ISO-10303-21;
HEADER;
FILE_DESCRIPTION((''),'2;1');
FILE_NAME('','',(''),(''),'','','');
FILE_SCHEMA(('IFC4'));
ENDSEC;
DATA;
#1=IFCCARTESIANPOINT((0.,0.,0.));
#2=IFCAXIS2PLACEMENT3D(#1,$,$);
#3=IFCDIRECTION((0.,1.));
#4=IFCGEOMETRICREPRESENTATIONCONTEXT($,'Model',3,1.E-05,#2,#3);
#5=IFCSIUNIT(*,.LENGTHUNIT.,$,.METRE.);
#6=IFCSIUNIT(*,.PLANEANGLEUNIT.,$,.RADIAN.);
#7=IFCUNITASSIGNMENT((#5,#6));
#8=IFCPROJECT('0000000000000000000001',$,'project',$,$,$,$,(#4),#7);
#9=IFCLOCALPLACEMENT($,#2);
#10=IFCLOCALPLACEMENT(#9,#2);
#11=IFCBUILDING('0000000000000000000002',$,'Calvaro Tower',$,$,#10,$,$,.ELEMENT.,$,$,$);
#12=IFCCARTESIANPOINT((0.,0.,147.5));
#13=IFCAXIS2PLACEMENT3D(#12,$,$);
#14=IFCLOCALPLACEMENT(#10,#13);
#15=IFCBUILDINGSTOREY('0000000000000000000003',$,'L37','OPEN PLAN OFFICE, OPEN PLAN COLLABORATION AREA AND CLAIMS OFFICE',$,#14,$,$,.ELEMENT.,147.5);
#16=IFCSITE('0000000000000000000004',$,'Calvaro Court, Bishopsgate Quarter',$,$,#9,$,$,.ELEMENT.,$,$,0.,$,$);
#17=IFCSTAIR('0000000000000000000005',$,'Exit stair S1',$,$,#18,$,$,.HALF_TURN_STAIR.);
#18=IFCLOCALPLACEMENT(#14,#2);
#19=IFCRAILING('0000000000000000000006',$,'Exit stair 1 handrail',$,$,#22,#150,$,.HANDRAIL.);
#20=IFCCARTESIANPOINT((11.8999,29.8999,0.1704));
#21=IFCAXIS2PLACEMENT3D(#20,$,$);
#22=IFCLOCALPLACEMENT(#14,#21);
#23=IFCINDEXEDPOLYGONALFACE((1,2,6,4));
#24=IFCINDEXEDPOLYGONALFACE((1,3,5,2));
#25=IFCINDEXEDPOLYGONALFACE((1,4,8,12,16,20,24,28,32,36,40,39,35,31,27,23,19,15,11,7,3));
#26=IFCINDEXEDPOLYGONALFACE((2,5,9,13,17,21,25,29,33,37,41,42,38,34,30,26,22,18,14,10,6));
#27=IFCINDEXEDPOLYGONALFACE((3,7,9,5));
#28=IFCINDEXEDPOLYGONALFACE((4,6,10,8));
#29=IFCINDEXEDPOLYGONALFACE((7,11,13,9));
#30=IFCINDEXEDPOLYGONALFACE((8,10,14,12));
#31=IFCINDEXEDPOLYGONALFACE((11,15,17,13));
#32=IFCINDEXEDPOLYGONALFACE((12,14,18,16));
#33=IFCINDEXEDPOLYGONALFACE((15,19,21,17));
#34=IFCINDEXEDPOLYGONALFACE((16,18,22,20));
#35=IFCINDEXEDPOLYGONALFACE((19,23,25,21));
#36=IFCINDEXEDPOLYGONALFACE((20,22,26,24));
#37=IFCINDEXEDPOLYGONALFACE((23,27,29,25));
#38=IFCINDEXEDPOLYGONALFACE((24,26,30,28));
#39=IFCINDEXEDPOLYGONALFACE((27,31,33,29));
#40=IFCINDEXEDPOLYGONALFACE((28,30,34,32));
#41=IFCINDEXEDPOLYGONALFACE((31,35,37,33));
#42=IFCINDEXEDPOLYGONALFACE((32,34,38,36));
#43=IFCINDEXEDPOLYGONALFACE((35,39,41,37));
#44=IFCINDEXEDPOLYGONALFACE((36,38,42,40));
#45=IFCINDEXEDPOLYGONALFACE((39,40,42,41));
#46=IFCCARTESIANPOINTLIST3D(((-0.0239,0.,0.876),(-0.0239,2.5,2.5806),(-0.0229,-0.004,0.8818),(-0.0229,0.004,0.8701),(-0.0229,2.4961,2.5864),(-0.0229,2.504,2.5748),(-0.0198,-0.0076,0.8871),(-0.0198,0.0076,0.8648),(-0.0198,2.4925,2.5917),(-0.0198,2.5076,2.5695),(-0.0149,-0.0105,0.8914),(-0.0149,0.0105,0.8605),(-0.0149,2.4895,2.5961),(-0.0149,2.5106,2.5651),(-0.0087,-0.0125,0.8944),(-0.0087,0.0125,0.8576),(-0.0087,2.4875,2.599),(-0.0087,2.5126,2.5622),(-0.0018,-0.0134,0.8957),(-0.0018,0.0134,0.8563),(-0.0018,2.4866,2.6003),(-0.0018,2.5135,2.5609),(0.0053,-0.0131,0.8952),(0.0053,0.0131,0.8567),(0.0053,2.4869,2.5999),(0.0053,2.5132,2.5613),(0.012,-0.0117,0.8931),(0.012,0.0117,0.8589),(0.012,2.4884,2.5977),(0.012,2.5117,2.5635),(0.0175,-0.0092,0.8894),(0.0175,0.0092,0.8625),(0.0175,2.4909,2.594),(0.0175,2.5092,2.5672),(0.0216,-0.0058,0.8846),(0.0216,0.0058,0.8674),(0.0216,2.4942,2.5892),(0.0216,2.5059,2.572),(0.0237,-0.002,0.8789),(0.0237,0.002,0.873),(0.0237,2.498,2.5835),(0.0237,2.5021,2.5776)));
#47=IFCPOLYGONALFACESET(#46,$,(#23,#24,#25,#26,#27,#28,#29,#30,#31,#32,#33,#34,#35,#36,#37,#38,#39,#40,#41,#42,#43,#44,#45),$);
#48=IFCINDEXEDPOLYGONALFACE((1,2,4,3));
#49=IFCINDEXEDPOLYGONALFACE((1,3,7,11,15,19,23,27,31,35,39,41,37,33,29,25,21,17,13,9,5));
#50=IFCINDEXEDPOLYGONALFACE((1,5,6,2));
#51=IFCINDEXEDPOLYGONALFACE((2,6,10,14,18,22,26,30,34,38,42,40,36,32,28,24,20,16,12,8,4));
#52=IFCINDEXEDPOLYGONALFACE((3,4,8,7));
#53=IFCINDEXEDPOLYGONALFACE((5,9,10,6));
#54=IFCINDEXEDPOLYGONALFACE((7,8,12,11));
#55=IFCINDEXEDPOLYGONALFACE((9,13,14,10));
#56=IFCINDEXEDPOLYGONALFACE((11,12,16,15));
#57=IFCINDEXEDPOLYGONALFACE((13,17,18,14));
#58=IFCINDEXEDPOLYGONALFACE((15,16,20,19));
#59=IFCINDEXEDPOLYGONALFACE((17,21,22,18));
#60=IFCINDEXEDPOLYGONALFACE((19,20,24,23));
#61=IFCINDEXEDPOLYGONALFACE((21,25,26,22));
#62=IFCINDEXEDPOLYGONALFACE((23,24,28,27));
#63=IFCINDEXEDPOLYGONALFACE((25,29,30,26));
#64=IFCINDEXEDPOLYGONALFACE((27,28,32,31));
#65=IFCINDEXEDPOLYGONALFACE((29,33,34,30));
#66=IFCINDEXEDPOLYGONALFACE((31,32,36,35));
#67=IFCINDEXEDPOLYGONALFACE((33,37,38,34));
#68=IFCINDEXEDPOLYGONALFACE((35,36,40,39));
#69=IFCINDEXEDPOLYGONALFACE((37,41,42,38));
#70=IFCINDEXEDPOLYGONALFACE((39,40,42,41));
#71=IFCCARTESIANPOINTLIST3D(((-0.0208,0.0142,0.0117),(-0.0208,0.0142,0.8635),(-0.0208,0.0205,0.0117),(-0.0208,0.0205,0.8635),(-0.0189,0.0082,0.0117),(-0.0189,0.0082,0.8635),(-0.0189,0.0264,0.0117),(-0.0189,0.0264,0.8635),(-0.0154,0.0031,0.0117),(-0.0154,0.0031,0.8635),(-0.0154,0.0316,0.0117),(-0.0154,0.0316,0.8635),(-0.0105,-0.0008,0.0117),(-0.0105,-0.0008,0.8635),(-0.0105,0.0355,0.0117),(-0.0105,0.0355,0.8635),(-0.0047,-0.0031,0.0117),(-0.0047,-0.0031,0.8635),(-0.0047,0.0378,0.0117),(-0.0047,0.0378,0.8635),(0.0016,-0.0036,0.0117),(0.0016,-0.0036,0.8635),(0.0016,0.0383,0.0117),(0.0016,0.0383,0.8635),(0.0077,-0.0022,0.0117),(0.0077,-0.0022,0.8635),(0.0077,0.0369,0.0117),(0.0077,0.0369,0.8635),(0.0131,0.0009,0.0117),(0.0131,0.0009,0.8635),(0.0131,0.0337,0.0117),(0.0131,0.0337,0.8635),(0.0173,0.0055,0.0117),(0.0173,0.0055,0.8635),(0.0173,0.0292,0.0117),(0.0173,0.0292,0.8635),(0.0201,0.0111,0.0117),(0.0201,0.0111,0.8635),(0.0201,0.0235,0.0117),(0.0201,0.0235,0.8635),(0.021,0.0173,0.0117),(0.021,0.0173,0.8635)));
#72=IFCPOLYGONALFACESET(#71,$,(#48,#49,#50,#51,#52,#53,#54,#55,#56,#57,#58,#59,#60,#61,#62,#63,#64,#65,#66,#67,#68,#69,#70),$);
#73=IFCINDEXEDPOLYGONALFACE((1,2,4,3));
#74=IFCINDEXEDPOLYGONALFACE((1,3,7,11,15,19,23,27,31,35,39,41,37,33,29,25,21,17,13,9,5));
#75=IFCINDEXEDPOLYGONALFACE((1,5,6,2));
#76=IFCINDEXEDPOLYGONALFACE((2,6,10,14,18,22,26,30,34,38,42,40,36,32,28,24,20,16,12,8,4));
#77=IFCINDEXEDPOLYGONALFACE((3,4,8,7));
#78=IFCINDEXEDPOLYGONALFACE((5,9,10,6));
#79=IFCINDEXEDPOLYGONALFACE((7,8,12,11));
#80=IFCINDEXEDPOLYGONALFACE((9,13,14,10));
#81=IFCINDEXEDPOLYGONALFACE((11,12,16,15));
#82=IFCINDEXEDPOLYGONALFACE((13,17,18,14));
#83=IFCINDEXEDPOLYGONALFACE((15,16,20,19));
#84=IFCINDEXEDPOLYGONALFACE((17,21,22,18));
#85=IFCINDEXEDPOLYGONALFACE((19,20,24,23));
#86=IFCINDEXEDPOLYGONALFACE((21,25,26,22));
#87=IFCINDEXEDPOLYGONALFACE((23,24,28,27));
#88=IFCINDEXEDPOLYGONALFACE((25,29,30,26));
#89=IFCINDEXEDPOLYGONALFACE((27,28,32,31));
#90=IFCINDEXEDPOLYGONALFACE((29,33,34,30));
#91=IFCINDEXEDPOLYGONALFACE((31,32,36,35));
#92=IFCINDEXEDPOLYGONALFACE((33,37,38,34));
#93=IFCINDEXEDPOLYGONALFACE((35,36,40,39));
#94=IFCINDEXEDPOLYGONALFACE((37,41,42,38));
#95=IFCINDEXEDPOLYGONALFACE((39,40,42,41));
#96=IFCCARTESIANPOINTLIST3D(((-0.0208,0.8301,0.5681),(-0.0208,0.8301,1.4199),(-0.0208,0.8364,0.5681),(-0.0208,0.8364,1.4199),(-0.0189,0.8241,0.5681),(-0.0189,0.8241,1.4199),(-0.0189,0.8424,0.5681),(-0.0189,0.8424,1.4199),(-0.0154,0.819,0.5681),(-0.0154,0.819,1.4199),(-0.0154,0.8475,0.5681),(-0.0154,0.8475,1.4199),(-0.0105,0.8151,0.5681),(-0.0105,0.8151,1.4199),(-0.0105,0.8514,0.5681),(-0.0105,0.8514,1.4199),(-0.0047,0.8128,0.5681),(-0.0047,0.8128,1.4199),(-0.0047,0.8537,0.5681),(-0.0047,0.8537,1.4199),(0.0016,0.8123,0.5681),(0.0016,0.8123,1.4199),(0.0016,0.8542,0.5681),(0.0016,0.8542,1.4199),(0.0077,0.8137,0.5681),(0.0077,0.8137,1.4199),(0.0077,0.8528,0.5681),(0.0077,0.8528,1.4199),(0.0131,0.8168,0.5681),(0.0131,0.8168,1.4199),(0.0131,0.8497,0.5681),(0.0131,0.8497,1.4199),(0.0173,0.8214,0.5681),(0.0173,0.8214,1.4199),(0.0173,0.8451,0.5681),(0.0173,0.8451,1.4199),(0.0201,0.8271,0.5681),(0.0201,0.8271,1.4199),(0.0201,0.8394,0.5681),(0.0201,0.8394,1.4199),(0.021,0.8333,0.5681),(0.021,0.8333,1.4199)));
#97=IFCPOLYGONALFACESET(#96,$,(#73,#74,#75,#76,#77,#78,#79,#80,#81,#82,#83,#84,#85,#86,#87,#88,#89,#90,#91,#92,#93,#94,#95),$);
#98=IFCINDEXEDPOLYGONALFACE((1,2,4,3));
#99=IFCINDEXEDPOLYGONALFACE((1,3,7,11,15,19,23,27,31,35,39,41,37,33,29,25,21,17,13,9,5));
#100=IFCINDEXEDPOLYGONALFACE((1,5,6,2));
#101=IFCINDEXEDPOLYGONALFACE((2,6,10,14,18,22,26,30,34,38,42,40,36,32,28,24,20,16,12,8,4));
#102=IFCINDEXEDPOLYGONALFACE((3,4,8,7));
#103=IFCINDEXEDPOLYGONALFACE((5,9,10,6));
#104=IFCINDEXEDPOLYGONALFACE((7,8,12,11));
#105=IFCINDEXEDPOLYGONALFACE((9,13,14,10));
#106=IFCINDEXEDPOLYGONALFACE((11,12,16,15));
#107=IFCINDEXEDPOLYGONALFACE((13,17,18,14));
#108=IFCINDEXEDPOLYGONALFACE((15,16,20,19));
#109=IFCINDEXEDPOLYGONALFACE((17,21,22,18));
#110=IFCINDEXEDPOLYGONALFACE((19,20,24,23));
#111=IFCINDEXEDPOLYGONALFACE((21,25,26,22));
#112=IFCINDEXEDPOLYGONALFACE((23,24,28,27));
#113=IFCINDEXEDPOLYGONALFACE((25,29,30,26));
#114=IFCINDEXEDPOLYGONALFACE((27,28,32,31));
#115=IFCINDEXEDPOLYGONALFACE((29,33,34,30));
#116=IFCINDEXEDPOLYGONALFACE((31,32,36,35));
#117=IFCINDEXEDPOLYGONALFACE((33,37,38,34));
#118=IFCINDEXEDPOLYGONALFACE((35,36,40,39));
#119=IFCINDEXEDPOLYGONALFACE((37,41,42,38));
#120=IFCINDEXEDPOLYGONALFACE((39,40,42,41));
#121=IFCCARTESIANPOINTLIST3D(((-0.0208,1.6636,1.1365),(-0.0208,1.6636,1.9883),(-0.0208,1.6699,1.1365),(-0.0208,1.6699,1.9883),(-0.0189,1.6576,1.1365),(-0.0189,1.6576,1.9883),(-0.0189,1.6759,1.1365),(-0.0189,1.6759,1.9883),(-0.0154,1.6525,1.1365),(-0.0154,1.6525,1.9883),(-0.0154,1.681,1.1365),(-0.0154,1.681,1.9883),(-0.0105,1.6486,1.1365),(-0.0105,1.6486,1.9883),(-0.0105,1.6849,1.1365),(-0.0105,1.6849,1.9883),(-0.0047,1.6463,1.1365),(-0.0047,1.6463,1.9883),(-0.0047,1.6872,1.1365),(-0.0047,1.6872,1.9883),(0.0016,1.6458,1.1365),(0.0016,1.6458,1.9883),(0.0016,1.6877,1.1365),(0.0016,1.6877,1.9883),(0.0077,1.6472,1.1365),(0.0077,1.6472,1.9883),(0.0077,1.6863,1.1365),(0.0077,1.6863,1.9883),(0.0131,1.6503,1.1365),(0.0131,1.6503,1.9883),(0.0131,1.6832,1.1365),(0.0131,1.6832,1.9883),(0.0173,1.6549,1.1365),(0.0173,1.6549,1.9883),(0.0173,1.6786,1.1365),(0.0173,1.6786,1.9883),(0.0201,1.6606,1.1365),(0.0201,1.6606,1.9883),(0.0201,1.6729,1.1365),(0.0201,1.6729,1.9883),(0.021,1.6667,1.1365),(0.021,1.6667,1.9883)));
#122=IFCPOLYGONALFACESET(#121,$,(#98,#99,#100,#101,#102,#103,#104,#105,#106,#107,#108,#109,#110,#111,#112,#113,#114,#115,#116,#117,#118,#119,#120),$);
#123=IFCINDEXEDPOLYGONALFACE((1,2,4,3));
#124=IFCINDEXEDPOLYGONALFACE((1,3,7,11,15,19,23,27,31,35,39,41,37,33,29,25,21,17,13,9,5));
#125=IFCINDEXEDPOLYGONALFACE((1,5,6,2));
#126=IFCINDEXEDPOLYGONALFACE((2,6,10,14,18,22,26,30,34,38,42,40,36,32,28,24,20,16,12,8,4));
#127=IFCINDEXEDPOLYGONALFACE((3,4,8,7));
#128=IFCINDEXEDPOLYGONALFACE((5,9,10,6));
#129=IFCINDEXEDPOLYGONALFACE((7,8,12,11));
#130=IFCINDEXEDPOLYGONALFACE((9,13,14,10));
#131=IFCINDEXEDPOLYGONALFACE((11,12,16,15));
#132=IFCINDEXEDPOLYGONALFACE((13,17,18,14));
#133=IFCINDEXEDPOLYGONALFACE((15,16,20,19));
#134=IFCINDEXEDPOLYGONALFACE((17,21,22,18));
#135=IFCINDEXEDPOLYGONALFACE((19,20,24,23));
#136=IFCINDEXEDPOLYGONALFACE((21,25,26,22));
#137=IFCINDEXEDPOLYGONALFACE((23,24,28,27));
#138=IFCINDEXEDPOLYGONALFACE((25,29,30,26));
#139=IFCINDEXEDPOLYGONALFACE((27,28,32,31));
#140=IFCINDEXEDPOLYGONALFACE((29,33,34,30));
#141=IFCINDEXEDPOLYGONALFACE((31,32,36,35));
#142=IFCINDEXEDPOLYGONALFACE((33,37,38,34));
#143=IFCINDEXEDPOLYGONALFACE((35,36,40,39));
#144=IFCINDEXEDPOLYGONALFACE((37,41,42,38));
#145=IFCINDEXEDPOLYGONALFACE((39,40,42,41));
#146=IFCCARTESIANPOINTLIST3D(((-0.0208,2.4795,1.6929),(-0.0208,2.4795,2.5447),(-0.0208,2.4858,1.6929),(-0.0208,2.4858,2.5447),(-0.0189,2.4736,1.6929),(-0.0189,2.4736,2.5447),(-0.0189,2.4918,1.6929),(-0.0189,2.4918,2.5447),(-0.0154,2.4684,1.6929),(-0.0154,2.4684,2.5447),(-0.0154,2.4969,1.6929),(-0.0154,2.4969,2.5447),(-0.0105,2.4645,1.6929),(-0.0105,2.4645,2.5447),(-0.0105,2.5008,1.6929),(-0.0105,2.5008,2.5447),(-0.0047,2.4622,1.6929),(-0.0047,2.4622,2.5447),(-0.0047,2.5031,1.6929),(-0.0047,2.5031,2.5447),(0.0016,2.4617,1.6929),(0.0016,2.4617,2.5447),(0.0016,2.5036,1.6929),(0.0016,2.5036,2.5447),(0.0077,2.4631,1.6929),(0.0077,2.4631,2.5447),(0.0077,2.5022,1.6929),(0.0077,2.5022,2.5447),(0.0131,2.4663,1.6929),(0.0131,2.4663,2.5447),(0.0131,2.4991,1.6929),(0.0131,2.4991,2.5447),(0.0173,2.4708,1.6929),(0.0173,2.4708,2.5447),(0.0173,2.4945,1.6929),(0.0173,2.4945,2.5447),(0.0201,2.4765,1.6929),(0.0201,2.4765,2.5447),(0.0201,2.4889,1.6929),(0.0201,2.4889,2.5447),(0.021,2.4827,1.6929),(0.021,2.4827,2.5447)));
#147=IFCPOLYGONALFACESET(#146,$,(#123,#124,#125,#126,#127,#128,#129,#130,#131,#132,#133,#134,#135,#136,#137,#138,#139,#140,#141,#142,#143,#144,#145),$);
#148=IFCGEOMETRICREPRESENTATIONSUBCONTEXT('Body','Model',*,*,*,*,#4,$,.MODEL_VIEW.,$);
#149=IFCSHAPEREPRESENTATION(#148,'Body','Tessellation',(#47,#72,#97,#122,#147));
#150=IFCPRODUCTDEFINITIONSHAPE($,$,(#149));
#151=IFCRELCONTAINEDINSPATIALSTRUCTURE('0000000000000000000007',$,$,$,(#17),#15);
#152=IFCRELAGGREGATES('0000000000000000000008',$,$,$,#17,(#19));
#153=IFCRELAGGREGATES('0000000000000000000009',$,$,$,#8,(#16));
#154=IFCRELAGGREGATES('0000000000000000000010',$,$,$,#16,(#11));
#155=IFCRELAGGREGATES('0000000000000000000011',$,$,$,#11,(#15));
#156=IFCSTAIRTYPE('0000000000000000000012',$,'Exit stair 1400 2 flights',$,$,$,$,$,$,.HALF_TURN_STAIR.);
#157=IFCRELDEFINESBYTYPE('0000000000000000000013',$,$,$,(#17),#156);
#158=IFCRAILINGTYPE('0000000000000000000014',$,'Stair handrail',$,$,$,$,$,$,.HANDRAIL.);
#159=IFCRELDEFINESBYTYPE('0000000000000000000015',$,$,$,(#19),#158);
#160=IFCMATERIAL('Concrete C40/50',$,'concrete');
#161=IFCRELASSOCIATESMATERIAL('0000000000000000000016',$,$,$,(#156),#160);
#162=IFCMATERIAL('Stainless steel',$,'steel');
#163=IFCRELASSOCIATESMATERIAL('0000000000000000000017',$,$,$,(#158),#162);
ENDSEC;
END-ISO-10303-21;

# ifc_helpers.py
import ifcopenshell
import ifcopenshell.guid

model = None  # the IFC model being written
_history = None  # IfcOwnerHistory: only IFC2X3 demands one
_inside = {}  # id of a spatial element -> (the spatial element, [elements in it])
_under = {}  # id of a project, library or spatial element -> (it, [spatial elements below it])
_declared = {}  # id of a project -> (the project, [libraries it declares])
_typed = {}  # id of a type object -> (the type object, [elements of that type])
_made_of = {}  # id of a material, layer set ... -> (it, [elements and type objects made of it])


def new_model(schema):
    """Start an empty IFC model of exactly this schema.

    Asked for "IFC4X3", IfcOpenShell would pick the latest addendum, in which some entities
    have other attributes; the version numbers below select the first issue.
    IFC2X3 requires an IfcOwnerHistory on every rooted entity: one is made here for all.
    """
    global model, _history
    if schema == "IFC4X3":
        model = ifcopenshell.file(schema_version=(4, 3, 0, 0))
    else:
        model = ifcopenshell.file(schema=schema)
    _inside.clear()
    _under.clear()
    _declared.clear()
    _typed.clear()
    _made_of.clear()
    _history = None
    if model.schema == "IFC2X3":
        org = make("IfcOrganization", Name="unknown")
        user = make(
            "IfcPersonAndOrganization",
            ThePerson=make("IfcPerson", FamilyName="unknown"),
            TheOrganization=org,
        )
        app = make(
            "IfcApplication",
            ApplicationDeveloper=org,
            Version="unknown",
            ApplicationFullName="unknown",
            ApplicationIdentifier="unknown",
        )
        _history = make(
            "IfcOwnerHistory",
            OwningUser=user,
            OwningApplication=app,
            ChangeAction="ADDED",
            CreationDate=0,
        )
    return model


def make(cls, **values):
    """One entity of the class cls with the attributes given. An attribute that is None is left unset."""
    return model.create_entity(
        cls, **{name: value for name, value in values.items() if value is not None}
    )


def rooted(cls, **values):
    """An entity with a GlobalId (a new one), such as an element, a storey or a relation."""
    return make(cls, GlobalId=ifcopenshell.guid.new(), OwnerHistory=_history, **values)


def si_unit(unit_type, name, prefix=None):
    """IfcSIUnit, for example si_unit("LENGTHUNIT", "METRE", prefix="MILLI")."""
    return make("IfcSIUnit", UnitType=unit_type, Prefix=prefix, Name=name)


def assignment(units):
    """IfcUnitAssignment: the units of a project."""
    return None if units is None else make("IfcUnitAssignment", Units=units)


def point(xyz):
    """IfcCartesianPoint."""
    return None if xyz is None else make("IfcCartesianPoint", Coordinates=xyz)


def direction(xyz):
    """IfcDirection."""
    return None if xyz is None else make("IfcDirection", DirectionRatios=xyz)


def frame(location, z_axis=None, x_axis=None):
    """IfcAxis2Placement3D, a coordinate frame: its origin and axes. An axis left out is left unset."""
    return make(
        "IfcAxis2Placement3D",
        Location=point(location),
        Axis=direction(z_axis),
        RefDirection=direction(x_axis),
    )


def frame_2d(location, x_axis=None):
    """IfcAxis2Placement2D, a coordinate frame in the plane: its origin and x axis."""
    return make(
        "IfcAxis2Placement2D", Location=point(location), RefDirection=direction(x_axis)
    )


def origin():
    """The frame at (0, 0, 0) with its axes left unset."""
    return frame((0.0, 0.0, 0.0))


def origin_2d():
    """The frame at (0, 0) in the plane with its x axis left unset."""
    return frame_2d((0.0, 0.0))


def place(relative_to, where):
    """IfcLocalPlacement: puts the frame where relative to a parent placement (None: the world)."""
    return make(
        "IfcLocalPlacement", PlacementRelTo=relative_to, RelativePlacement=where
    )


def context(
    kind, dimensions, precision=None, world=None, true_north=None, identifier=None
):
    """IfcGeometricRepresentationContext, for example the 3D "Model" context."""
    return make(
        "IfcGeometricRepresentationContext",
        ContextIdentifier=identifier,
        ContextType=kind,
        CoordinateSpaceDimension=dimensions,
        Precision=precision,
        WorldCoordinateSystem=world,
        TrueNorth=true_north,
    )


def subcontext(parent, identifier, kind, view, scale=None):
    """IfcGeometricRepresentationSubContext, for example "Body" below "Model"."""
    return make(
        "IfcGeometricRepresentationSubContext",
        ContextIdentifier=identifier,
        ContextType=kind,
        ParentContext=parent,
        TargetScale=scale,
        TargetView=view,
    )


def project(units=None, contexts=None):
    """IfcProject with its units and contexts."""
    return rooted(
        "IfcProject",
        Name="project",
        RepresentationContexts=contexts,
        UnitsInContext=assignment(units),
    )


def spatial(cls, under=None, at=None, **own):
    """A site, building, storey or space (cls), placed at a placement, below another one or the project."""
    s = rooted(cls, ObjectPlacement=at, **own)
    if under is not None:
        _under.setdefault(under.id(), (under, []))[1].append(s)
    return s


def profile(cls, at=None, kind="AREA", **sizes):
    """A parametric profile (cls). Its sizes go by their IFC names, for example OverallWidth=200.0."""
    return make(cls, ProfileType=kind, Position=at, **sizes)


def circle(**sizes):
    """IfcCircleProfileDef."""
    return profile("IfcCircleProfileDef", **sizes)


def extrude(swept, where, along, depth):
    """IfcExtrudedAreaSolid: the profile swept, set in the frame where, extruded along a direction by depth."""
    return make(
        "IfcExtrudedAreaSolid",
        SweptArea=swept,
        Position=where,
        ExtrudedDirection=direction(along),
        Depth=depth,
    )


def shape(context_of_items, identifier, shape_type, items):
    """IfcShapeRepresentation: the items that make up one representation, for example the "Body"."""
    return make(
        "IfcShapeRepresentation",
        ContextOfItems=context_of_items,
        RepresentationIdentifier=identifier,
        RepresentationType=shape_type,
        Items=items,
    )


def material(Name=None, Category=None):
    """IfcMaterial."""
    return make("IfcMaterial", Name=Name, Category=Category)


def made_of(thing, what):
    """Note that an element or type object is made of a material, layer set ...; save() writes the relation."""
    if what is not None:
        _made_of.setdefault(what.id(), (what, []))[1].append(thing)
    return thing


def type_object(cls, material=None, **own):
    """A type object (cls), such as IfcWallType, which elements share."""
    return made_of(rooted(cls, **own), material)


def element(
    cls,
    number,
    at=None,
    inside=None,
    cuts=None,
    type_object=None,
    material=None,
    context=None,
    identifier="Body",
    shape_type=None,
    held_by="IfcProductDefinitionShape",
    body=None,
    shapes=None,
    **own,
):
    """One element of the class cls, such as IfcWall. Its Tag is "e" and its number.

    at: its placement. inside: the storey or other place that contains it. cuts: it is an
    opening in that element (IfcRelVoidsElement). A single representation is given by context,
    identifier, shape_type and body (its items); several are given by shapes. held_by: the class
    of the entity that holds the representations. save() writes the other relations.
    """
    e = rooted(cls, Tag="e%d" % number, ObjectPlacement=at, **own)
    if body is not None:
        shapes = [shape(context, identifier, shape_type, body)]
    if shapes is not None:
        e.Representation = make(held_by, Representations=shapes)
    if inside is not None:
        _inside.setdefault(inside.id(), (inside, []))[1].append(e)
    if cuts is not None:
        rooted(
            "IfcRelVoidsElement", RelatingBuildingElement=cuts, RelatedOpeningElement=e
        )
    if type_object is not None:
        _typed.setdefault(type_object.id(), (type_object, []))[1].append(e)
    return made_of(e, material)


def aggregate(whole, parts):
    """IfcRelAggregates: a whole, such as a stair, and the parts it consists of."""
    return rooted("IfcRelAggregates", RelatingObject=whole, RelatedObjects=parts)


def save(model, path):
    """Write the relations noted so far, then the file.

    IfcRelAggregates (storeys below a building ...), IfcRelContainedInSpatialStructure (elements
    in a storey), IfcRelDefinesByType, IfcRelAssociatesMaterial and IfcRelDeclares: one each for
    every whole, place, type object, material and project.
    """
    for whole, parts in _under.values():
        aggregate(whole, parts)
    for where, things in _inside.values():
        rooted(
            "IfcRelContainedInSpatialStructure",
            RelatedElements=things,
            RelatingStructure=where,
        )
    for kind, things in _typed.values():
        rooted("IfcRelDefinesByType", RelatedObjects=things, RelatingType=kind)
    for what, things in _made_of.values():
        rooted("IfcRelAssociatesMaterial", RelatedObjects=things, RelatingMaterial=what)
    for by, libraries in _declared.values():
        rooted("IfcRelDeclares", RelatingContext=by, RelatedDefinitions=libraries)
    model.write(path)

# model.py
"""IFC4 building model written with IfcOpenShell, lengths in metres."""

from ifc_helpers import new_model, si_unit, direction, frame, origin, origin_2d, place, context, subcontext, project, spatial, circle, extrude, material, type_object, element, aggregate, save


model = new_model("IFC4")

# Units and contexts
model_context = context("Model", 3, precision=1e-05, world=origin(), true_north=direction((0.0, 1.0)))
body_context = subcontext(model_context, "Body", "Model", "MODEL_VIEW")
ifc_project = project(units=[si_unit("LENGTHUNIT", "METRE"), si_unit("PLANEANGLEUNIT", "RADIAN")], contexts=[model_context])

# Site, building, storey
site_placement = place(None, origin())
site = spatial("IfcSite", under=ifc_project, at=site_placement, Name="Calvaro Court, Bishopsgate Quarter", CompositionType="ELEMENT", RefElevation=0.0)
building_placement = place(site_placement, origin())
building = spatial("IfcBuilding", under=site, at=building_placement, Name="Calvaro Tower", CompositionType="ELEMENT")
storey_placement = place(building_placement, frame((0.0, 0.0, 147.5)))
storey = spatial("IfcBuildingStorey", under=building, at=storey_placement, Name="L37", Description="OPEN PLAN OFFICE, OPEN PLAN COLLABORATION AREA AND CLAIMS OFFICE", CompositionType="ELEMENT", Elevation=147.5)

# Stair, railing
ifc_material_1 = material(Name="Concrete C40/50", Category="concrete")
stair_type = type_object("IfcStairType", Name="Exit stair 1400 2 flights", PredefinedType="HALF_TURN_STAIR", material=ifc_material_1)
stair_placement = place(storey_placement, origin())
stair = element("IfcStair", 1, at=stair_placement, inside=storey, type_object=stair_type, Name="Exit stair S1", PredefinedType="HALF_TURN_STAIR")
ifc_material_2 = material(Name="Stainless steel", Category="steel")
railing_type = type_object("IfcRailingType", Name="Stair handrail", PredefinedType="HANDRAIL", material=ifc_material_2)
railing_1_placement = place(storey_placement, frame((11.8999, 29.8999, 0.1704)))
railing_1 = element("IfcRailing", 2, at=railing_1_placement, type_object=railing_type, Name="Exit stair 1 handrail", PredefinedType="HANDRAIL", context=body_context, shape_type="SweptSolid", body=[
    extrude(circle(Radius=0.0239, at=origin_2d()), frame((0.0, 0.0, 0.876), z_axis=(0.0, 0.826221, 0.563347), x_axis=(-1.0, 0.0, 0.0)), (0.0, 0.0, 1.0), 3.0259),
    extrude(circle(Radius=0.021, at=origin_2d()), frame((0.0, 0.0173, 0.0117)), (0.0, 0.0, 1.0), 0.8518),
    extrude(circle(Radius=0.021, at=origin_2d()), frame((0.0, 0.8333, 0.5681)), (0.0, 0.0, 1.0), 0.8518),
    extrude(circle(Radius=0.021, at=origin_2d()), frame((0.0, 1.6667, 1.1365)), (0.0, 0.0, 1.0), 0.8518),
    extrude(circle(Radius=0.021, at=origin_2d()), frame((0.0, 2.4827, 1.6929)), (0.0, 0.0, 1.0), 0.8518),
])
aggregate(stair, [railing_1])

save(model, "model.ifc")
